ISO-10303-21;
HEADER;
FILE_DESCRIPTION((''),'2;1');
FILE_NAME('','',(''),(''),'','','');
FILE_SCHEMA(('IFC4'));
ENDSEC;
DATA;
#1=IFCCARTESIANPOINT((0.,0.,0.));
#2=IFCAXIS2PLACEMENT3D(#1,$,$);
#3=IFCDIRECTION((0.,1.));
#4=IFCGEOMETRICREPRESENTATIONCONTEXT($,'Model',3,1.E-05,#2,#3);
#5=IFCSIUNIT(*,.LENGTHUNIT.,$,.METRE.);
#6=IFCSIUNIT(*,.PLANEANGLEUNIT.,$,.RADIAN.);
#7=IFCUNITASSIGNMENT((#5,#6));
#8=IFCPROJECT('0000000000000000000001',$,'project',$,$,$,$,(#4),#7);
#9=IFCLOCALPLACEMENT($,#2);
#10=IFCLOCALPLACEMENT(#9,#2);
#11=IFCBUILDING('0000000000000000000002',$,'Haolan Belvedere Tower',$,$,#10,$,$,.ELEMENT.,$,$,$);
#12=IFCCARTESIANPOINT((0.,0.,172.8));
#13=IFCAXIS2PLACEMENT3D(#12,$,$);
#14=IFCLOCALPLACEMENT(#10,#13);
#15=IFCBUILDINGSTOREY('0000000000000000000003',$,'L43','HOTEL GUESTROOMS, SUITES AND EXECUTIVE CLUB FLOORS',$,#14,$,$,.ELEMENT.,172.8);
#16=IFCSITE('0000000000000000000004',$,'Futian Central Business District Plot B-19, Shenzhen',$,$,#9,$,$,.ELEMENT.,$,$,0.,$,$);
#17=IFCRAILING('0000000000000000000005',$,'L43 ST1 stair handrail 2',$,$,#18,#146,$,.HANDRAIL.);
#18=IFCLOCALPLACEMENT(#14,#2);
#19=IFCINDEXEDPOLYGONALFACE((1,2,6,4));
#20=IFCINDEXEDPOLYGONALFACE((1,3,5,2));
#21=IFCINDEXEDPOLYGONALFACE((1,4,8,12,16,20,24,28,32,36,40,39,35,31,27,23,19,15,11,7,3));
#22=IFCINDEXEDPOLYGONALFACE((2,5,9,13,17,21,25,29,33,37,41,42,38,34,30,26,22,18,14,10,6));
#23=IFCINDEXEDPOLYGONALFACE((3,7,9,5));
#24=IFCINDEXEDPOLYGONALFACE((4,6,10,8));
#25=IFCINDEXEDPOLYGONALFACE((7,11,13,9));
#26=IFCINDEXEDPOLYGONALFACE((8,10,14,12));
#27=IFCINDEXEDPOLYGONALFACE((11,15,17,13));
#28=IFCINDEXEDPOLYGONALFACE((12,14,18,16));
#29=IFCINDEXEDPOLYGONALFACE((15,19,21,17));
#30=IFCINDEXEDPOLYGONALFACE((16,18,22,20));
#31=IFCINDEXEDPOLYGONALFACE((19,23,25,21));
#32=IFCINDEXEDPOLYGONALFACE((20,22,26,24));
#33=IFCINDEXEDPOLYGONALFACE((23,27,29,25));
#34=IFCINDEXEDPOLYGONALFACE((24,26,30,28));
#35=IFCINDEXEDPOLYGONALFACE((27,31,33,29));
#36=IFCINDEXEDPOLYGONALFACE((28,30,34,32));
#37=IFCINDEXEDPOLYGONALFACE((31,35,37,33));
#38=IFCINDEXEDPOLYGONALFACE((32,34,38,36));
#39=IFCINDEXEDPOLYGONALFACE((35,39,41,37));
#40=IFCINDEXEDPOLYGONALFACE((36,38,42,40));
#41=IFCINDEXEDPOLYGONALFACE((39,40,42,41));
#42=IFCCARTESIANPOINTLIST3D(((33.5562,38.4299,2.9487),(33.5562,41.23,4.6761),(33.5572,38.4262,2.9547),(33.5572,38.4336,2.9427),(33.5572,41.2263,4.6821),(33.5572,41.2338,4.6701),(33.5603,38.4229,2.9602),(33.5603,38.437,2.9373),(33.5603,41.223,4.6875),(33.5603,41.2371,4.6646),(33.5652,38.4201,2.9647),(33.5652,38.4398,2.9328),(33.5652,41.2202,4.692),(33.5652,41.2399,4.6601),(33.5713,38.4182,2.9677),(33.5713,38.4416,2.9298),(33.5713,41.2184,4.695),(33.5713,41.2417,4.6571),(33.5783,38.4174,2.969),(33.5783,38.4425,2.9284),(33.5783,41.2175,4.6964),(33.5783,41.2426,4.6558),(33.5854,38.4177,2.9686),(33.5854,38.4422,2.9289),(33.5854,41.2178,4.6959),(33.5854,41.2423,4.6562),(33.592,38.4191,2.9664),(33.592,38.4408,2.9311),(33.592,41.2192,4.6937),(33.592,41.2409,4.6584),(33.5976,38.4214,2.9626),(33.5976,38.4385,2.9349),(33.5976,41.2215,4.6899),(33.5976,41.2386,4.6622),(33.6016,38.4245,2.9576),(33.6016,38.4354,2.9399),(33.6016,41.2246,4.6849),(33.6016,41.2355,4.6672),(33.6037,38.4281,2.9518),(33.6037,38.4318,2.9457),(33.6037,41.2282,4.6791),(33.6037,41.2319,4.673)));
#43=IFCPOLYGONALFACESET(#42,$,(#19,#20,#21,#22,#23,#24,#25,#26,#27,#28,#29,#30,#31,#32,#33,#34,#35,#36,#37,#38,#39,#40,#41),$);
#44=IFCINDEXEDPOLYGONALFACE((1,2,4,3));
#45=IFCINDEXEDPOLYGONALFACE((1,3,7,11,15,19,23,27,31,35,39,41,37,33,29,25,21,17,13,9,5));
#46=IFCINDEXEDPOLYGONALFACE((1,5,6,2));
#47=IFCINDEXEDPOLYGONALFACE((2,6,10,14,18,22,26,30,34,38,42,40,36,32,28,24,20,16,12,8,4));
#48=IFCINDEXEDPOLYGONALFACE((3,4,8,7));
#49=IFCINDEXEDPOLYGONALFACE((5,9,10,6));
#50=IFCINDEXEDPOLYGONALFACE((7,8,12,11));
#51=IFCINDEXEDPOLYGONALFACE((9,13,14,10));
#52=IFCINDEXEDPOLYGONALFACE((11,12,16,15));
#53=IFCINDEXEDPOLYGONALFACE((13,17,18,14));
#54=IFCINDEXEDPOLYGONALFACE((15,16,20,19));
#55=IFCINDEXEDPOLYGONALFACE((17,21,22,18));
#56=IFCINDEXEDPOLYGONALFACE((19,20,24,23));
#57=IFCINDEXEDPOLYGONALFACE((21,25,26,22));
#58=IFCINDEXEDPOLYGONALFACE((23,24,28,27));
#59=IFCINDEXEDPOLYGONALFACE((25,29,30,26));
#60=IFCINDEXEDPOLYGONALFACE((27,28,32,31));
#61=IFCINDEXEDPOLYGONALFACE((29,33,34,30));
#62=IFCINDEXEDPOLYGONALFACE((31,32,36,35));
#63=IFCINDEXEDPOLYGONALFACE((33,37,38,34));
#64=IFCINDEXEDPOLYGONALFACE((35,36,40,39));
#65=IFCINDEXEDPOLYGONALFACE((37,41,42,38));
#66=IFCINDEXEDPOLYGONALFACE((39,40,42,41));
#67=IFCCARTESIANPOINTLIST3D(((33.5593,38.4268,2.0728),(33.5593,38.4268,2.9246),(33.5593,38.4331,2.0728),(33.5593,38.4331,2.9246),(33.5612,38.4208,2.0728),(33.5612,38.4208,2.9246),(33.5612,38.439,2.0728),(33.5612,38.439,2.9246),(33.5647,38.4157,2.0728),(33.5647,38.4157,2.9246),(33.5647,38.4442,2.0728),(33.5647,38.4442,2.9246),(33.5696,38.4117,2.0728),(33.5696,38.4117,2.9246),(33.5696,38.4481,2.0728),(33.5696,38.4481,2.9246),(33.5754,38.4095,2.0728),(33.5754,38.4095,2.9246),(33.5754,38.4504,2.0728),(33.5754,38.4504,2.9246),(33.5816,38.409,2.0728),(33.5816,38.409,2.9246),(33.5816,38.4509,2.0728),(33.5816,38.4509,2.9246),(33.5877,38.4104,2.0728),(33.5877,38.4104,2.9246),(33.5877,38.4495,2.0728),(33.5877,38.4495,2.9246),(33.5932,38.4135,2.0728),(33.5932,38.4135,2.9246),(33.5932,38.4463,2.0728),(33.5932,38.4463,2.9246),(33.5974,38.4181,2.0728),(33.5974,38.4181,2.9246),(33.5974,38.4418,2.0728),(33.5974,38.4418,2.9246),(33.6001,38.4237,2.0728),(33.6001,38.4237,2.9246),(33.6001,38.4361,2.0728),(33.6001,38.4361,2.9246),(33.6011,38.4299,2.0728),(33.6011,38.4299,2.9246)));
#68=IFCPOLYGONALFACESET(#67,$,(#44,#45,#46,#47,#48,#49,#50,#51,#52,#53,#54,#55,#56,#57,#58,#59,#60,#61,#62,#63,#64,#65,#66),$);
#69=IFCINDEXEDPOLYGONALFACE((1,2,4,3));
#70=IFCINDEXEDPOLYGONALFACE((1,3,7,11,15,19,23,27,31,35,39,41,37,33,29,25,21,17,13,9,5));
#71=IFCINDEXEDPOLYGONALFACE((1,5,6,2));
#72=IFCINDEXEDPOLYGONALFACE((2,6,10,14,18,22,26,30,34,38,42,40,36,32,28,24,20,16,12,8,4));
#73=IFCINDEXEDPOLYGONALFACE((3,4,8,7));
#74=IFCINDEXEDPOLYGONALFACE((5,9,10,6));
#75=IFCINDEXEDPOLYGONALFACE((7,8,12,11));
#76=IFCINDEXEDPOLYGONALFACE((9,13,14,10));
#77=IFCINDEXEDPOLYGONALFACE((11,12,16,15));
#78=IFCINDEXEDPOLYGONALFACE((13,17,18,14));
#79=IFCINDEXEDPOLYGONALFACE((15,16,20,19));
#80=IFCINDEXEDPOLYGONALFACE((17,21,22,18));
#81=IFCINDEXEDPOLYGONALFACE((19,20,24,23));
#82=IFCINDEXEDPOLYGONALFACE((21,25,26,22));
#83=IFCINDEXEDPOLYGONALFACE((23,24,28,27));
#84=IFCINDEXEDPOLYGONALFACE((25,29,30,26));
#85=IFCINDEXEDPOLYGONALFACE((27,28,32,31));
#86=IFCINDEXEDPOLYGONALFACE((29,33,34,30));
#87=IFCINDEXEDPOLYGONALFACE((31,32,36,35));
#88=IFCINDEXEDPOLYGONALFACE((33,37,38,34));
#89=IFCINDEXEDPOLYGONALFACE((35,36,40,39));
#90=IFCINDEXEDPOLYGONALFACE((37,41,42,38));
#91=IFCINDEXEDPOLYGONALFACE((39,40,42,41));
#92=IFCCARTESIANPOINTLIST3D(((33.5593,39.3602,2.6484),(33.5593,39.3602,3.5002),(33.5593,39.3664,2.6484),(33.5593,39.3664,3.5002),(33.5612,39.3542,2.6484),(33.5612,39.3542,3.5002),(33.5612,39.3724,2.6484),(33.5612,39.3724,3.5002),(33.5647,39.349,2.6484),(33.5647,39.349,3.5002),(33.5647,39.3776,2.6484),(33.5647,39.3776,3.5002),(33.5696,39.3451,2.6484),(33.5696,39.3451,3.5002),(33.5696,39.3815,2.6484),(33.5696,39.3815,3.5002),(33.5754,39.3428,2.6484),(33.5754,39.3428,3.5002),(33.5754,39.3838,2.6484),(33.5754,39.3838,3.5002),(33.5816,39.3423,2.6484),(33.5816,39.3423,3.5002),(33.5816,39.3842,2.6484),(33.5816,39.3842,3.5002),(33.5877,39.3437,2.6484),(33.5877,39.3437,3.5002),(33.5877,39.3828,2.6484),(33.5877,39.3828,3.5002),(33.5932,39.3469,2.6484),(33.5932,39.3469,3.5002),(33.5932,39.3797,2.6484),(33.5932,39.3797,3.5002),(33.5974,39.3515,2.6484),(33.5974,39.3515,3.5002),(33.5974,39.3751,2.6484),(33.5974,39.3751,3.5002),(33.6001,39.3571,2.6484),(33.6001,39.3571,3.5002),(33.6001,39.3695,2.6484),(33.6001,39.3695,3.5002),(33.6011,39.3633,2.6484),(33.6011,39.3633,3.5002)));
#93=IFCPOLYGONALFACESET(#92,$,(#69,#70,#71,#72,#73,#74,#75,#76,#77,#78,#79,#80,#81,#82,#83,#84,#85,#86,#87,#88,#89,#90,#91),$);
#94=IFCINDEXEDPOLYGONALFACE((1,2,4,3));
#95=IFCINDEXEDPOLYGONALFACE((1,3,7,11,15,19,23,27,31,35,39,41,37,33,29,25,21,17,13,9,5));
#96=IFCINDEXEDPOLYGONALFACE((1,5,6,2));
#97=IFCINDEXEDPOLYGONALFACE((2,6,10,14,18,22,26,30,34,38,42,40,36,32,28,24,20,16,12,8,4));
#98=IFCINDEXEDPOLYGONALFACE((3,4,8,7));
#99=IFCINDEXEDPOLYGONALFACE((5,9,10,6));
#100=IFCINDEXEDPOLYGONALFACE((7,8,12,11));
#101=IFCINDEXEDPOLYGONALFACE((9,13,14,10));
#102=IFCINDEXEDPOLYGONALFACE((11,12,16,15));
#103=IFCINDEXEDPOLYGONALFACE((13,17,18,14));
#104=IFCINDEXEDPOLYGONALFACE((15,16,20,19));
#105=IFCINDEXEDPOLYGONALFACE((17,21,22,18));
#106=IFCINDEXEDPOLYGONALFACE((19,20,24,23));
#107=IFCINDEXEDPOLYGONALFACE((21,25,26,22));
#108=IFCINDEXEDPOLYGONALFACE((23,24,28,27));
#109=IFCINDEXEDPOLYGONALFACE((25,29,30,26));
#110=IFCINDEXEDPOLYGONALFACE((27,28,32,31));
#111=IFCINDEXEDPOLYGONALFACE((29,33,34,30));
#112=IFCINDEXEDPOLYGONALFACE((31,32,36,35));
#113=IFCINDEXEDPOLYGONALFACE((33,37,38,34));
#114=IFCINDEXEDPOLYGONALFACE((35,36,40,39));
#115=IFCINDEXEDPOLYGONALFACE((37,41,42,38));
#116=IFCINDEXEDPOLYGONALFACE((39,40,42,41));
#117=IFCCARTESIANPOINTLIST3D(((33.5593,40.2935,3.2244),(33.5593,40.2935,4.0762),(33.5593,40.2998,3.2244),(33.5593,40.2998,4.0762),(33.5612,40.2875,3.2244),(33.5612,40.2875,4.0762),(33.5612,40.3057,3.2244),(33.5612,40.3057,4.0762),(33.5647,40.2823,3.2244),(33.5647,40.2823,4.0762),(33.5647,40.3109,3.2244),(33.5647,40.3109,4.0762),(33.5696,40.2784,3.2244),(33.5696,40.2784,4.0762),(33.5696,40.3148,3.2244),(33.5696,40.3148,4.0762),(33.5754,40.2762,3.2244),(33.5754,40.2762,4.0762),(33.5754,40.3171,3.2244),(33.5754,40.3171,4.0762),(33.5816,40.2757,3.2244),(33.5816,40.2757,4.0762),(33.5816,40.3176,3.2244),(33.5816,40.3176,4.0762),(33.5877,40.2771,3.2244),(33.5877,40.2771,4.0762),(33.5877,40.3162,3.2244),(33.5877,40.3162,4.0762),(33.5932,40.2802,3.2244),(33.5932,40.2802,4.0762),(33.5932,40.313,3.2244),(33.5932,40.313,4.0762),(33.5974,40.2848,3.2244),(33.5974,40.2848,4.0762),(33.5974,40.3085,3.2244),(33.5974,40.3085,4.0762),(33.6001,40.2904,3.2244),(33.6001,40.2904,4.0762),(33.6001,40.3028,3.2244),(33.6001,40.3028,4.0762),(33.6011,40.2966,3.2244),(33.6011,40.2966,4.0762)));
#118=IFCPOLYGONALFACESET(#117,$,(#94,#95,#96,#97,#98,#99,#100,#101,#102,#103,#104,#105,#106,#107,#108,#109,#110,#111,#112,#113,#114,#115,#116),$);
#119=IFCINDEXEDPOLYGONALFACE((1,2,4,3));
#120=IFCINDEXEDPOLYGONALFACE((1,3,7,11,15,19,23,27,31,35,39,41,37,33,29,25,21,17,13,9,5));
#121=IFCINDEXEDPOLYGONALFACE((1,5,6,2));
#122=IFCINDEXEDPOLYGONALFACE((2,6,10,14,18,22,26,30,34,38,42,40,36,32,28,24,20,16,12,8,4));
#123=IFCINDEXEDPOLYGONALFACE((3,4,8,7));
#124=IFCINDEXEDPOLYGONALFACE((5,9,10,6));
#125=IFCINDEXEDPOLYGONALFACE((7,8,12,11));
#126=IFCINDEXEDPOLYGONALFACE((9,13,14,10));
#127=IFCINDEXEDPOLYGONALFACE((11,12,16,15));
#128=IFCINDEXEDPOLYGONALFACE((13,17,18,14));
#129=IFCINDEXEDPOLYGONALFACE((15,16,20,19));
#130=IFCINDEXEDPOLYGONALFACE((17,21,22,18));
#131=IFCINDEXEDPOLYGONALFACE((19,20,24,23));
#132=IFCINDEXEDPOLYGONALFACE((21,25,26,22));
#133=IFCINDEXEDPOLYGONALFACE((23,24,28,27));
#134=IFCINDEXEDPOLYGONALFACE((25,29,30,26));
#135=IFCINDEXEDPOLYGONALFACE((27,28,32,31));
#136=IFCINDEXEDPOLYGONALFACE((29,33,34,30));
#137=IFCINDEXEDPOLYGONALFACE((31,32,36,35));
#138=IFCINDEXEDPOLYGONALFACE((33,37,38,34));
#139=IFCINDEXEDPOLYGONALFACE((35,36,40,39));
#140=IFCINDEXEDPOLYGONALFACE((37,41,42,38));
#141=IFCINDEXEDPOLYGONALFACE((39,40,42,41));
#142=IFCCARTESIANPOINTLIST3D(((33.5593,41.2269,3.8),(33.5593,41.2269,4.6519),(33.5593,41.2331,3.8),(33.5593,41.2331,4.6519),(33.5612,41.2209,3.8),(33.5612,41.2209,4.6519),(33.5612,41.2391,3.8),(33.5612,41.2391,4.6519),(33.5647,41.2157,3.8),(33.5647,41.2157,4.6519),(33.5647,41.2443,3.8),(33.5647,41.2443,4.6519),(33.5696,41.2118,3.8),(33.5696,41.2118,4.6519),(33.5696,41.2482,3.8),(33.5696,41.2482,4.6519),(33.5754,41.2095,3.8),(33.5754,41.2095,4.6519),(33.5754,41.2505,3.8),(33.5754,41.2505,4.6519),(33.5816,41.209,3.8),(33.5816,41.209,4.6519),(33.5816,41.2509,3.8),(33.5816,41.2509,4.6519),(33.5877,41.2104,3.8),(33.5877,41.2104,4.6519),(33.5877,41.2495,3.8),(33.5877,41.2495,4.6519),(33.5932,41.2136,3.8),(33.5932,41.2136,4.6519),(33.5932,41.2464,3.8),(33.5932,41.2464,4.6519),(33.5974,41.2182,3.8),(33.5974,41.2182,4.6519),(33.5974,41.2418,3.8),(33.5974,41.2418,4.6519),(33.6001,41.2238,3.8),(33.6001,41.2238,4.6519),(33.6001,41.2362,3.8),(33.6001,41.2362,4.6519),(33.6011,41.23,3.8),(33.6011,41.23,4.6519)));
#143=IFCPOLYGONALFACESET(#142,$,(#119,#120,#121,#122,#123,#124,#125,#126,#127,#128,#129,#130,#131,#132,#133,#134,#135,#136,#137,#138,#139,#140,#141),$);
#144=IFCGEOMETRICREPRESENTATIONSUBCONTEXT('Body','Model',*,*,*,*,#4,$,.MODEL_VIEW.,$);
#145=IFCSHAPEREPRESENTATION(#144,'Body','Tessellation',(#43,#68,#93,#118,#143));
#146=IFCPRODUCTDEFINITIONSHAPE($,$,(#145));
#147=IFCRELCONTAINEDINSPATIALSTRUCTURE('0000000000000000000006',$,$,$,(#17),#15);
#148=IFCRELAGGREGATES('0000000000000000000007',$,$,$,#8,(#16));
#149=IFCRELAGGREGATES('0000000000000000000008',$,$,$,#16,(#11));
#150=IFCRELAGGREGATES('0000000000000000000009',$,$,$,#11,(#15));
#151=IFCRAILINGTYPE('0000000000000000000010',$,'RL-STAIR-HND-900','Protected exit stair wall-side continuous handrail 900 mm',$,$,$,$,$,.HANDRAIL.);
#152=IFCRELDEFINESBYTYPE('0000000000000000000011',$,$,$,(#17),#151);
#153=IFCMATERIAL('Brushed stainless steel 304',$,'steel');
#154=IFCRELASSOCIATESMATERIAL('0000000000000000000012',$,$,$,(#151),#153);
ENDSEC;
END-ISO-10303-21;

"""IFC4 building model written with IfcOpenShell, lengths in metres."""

from ifc_helpers import new_model, si_unit, direction, frame, origin, origin_2d, place, context, subcontext, project, spatial, circle, extrude, material, type_object, element, save


model = new_model("IFC4")

# Units and contexts
model_context = context("Model", 3, precision=1e-05, world=origin(), true_north=direction((0.0, 1.0)))
body_context = subcontext(model_context, "Body", "Model", "MODEL_VIEW")
ifc_project = project(units=[si_unit("LENGTHUNIT", "METRE"), si_unit("PLANEANGLEUNIT", "RADIAN")], contexts=[model_context])

# Site, building, storey
site_placement = place(None, origin())
site = spatial("IfcSite", under=ifc_project, at=site_placement, Name="Futian Central Business District Plot B-19, Shenzhen", CompositionType="ELEMENT", RefElevation=0.0)
building_placement = place(site_placement, origin())
building = spatial("IfcBuilding", under=site, at=building_placement, Name="Haolan Belvedere Tower", CompositionType="ELEMENT")
storey_placement = place(building_placement, frame((0.0, 0.0, 172.8)))
storey = spatial("IfcBuildingStorey", under=building, at=storey_placement, Name="L43", Description="HOTEL GUESTROOMS, SUITES AND EXECUTIVE CLUB FLOORS", CompositionType="ELEMENT", Elevation=172.8)

# Railing
ifc_material_1 = material(Name="Brushed stainless steel 304", Category="steel")
railing_type_1 = type_object("IfcRailingType", Name="RL-STAIR-HND-900", Description="Protected exit stair wall-side continuous handrail 900 mm", PredefinedType="HANDRAIL", material=ifc_material_1)
railing_1_placement = place(storey_placement, frame((33.5801, 38.4299, 2.0728)))
element("IfcRailing", 1, at=railing_1_placement, inside=storey, type_object=railing_type_1, Name="L43 ST1 stair handrail 2", PredefinedType="HANDRAIL", context=body_context, shape_type="SweptSolid", body=[
    extrude(circle(Radius=0.0239, at=origin_2d()), frame((0.0, 0.0, 0.876), z_axis=(0.0, 0.85109, 0.52502), x_axis=(-1.0, 0.0, 0.0)), (0.0, 0.0, 1.0), 3.29),
    extrude(circle(Radius=0.021, at=origin_2d()), origin(), (0.0, 0.0, 1.0), 0.8518),
    extrude(circle(Radius=0.021, at=origin_2d()), frame((0.0, 0.9333, 0.5757)), (0.0, 0.0, 1.0), 0.8518),
    extrude(circle(Radius=0.021, at=origin_2d()), frame((0.0, 1.8667, 1.1516)), (0.0, 0.0, 1.0), 0.8518),
    extrude(circle(Radius=0.021, at=origin_2d()), frame((0.0, 2.8, 1.7273)), (0.0, 0.0, 1.0), 0.8518),
])

save(model, "model.ifc")
